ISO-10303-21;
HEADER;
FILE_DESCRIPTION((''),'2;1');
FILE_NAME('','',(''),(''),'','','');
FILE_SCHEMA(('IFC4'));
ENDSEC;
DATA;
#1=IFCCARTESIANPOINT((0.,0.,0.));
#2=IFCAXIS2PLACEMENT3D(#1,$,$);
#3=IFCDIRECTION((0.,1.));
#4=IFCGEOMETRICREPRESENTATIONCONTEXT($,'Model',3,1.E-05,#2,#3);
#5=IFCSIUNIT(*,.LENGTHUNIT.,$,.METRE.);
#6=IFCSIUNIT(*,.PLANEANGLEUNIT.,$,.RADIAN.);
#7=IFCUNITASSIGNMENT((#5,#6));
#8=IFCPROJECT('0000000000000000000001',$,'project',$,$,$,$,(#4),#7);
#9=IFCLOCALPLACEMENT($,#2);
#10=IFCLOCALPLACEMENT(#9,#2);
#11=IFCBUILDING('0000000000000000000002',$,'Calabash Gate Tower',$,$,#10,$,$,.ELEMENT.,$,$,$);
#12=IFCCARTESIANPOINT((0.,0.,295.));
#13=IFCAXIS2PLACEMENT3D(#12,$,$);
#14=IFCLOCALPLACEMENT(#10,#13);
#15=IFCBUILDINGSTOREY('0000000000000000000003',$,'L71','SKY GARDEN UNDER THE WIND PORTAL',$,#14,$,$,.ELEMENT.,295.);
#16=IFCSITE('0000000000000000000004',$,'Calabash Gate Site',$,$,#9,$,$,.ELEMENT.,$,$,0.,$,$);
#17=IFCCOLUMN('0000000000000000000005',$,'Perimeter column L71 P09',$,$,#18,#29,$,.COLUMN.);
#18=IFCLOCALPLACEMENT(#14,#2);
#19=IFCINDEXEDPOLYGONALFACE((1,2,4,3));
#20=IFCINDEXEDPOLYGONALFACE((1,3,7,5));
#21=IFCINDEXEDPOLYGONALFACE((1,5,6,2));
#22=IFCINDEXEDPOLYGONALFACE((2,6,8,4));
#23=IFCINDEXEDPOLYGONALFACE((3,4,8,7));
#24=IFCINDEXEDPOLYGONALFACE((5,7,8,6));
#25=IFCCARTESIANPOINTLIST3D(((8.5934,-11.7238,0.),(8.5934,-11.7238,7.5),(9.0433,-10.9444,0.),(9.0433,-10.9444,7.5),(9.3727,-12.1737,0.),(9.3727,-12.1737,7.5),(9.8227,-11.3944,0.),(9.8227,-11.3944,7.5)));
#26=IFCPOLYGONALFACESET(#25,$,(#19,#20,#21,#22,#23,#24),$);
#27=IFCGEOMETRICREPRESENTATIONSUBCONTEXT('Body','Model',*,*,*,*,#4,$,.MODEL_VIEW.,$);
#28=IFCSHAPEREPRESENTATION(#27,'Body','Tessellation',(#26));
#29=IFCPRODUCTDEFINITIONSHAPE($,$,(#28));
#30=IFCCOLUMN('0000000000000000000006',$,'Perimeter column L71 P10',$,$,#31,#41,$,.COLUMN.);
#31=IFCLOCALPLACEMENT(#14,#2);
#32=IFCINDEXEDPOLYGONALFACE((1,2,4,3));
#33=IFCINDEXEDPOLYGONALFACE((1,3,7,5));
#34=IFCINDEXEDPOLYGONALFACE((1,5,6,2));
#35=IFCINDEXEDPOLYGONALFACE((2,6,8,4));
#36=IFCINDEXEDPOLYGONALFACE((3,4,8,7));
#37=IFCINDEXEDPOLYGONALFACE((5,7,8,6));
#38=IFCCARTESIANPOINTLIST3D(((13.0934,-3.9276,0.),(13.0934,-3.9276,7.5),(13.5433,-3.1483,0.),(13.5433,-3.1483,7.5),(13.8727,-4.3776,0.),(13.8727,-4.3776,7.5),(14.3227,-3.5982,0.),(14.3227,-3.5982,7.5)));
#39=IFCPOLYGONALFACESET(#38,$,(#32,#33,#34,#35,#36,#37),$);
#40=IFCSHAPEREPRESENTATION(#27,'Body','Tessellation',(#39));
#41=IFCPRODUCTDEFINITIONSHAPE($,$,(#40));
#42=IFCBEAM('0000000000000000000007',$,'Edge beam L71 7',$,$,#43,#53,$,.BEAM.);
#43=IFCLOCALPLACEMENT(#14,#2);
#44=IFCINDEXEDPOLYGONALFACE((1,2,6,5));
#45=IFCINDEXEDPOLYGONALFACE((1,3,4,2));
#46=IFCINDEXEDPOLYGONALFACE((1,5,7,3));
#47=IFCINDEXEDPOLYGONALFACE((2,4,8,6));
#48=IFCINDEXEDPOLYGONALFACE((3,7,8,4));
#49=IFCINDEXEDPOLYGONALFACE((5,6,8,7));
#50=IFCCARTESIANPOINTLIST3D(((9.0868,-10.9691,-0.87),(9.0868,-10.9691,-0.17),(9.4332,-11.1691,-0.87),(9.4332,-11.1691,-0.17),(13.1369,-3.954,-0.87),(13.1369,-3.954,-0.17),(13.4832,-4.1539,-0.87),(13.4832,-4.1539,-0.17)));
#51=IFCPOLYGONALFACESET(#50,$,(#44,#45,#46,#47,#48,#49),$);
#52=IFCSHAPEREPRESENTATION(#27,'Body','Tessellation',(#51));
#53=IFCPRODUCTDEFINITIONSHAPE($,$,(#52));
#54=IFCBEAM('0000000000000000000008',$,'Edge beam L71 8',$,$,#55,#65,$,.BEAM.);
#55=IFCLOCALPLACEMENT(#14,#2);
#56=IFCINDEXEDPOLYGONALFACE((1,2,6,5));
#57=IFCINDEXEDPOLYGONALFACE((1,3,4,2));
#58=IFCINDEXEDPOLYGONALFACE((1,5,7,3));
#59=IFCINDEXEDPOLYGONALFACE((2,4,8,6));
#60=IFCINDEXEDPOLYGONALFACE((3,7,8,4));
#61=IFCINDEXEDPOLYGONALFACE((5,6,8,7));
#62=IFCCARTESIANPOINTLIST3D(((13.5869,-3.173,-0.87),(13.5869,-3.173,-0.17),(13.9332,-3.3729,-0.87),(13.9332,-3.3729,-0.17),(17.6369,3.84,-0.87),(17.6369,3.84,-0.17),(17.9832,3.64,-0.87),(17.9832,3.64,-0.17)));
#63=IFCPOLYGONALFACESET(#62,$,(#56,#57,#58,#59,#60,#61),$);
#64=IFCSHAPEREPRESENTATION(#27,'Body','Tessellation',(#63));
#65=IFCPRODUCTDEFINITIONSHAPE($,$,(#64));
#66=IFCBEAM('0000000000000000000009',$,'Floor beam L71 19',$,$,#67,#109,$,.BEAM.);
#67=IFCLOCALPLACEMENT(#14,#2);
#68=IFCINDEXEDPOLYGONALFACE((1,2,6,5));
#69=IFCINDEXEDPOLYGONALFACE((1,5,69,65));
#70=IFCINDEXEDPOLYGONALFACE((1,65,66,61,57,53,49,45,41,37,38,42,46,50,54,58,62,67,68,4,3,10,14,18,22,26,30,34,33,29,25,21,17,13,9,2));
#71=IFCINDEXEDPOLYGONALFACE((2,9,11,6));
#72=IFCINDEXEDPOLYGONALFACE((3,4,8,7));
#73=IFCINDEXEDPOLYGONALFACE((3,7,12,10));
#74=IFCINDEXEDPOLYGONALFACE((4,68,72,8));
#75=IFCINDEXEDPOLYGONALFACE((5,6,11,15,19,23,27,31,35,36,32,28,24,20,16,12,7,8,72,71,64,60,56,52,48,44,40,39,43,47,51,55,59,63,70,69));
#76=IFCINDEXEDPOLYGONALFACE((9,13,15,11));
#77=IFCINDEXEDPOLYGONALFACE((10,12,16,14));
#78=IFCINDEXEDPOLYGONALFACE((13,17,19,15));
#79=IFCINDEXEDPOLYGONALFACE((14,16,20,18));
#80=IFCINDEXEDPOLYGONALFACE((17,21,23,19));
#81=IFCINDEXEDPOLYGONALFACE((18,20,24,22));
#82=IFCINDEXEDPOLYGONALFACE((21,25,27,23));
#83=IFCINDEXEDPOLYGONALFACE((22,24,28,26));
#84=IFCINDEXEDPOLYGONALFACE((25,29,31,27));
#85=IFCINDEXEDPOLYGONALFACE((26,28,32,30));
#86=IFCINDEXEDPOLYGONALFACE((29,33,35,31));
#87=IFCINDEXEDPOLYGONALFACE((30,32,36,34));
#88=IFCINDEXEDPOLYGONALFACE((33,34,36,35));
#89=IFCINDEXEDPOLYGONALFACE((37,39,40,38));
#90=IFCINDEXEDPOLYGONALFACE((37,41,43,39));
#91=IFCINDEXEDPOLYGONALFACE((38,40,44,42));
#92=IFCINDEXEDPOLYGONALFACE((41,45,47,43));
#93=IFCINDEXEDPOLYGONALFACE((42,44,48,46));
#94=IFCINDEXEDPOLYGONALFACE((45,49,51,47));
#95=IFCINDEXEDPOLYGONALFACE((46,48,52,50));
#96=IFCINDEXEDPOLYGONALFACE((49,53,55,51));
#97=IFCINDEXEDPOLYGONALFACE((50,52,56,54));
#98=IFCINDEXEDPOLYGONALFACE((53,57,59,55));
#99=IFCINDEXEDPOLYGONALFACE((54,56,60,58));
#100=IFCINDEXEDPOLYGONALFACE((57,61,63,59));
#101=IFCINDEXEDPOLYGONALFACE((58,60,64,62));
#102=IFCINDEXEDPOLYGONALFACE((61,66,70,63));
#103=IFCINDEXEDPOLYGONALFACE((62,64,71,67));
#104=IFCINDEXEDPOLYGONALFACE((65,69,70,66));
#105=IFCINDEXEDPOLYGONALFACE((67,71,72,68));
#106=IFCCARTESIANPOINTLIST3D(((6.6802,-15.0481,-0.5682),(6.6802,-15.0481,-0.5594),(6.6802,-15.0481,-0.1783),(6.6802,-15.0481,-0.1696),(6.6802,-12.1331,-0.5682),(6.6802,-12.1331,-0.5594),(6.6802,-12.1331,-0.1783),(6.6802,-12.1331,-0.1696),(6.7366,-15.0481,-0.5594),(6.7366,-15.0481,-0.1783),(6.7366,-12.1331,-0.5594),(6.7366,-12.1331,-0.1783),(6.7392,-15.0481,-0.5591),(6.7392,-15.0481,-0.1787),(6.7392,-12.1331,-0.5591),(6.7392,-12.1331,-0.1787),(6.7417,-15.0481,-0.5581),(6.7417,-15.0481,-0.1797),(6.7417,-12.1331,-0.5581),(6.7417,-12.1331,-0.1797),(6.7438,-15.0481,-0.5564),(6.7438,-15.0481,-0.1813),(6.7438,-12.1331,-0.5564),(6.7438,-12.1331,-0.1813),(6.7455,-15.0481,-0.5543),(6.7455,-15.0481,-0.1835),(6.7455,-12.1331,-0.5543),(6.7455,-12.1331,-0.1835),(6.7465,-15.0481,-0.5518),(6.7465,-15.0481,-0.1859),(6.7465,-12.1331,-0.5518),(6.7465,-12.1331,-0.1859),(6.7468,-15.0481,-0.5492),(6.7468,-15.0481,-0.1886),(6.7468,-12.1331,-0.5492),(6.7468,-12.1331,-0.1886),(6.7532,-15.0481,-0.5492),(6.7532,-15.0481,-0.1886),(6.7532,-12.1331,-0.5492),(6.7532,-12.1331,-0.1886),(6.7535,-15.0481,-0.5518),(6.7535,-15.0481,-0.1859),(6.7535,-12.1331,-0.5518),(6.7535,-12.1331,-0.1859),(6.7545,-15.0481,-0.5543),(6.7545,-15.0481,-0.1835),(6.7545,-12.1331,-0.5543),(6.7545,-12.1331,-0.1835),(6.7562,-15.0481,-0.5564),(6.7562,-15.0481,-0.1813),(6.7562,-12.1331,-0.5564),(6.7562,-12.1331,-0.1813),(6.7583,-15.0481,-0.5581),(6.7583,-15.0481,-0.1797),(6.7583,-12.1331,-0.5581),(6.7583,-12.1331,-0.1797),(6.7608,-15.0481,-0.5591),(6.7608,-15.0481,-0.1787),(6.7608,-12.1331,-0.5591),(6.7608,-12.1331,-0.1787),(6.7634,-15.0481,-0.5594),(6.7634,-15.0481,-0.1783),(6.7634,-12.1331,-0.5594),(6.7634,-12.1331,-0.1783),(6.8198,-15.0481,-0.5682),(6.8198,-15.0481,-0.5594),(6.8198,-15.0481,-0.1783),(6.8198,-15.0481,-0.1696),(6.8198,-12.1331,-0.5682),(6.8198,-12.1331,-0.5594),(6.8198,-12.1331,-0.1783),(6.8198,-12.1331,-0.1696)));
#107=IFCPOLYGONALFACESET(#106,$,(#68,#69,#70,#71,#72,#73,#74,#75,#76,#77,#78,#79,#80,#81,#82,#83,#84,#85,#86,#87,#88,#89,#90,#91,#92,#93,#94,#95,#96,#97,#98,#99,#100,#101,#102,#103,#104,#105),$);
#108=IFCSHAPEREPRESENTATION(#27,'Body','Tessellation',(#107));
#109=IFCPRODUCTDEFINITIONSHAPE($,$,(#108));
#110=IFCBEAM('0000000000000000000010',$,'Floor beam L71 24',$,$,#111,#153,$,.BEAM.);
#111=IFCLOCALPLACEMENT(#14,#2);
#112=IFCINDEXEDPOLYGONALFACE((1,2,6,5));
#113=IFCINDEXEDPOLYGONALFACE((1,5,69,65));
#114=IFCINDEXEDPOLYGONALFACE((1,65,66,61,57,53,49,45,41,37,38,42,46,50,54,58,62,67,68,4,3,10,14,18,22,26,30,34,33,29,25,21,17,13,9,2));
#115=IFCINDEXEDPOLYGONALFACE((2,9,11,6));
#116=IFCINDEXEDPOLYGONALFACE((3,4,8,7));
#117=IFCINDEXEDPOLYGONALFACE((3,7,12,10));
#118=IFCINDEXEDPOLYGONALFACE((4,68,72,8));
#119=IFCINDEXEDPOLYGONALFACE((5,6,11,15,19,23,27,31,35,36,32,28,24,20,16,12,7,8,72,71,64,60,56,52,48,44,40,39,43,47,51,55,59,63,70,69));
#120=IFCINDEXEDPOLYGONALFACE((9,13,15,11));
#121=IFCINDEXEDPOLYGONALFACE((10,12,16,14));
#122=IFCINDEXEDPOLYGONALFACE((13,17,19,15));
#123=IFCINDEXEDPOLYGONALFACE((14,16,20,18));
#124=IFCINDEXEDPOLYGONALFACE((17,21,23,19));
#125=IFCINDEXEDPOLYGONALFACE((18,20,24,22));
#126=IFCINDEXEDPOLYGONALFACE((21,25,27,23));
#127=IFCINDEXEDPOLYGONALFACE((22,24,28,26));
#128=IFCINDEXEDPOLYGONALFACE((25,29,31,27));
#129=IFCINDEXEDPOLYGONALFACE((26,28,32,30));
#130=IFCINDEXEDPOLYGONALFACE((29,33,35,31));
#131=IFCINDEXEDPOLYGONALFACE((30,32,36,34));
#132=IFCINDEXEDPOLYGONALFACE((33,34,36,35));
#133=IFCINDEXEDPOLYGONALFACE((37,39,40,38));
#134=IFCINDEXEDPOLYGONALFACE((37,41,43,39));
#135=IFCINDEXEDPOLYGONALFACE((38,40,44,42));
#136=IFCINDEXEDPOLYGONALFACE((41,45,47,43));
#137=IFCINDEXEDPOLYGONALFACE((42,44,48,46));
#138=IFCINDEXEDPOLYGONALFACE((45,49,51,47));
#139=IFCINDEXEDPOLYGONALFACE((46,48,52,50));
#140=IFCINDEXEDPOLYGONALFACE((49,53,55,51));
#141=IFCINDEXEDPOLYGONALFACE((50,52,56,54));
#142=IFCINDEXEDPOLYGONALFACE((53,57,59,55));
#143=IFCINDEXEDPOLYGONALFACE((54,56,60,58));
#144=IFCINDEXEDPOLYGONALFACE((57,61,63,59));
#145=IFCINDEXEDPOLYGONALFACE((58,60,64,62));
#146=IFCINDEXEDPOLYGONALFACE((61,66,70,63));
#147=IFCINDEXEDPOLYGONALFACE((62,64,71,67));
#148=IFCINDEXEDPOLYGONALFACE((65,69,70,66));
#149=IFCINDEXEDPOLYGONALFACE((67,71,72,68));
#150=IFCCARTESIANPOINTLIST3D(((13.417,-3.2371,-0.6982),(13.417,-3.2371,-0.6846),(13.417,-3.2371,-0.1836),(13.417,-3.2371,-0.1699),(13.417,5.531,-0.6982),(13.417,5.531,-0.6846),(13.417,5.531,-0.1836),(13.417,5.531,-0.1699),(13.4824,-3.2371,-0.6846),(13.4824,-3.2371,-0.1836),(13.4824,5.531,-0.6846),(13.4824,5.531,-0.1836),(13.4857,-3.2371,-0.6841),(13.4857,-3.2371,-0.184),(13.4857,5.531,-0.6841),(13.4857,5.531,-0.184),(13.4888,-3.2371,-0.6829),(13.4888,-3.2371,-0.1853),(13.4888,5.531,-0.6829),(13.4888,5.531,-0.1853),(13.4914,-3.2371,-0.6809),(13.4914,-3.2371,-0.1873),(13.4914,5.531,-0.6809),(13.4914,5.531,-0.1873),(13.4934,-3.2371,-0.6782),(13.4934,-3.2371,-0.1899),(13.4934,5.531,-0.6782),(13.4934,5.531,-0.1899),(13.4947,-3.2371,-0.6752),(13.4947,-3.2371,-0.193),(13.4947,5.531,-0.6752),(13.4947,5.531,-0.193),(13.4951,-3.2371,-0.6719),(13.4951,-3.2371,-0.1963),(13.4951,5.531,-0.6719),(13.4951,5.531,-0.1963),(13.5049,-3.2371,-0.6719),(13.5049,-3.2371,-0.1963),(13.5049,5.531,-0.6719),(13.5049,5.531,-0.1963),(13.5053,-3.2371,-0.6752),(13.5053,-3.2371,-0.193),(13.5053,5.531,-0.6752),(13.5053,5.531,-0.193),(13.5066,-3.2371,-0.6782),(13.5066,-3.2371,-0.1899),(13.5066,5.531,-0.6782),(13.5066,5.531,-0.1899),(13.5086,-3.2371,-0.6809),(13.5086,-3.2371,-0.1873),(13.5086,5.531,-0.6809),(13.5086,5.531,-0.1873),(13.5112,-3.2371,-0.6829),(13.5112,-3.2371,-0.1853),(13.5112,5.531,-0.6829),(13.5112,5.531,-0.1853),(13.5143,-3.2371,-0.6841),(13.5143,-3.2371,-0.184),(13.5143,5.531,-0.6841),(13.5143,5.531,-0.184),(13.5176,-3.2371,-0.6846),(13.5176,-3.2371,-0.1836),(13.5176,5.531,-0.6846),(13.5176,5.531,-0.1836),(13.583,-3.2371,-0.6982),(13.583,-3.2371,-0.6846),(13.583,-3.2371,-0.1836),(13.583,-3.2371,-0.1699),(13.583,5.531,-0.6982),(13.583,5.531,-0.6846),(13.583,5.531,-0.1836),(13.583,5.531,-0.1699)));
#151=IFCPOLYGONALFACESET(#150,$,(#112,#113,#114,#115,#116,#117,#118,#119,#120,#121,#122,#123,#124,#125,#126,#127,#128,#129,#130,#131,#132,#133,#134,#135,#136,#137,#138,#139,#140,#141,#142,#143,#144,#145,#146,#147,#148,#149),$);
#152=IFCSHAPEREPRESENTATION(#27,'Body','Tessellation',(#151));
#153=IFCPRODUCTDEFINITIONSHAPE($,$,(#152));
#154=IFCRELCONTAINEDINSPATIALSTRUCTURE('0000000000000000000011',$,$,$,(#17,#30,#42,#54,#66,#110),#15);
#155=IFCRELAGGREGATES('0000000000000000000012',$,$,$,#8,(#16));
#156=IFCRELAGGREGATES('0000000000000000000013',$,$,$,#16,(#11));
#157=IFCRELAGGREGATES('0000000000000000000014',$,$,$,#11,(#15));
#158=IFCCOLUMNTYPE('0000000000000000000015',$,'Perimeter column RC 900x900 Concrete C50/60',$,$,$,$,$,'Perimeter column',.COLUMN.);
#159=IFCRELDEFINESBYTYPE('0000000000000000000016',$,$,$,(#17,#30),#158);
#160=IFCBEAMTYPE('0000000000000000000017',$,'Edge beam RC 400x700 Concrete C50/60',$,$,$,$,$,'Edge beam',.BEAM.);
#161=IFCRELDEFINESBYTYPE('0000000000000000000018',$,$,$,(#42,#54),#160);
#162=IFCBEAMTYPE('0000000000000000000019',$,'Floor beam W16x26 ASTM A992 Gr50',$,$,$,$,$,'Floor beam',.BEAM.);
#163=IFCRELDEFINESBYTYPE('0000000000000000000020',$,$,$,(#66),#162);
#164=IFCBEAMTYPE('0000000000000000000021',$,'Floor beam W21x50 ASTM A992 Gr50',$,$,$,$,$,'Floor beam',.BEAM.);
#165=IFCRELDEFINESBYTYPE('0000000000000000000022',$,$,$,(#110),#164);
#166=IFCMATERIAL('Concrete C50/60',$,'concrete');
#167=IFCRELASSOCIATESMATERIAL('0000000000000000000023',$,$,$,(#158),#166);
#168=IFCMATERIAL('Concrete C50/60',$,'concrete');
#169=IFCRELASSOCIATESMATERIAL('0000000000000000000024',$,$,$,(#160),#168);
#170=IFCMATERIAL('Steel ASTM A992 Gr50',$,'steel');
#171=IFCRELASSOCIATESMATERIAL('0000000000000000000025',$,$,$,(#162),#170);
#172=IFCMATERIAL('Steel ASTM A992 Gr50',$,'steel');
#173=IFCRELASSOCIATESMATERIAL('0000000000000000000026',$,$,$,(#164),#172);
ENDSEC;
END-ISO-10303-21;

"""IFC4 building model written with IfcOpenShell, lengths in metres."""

from ifc_helpers import new_model, si_unit, direction, frame, origin, origin_2d, place, context, subcontext, project, spatial, rectangle, i_section, extrude, material, material_profile, profile_set, type_object, element, save


model = new_model("IFC4")

# Units and contexts
model_context = context("Model", 3, precision=1e-05, world=origin(), true_north=direction((0.0, 1.0)))
body_context = subcontext(model_context, "Body", "Model", "MODEL_VIEW")
ifc_project = project(units=[si_unit("LENGTHUNIT", "METRE"), si_unit("PLANEANGLEUNIT", "RADIAN")], contexts=[model_context])

# Site, building, storey
site_placement = place(None, origin())
site = spatial("IfcSite", under=ifc_project, at=site_placement, Name="Calabash Gate Site", CompositionType="ELEMENT", RefElevation=0.0)
building_placement = place(site_placement, origin())
building = spatial("IfcBuilding", under=site, at=building_placement, Name="Calabash Gate Tower", CompositionType="ELEMENT")
storey_placement = place(building_placement, frame((0.0, 0.0, 295.0)))
storey = spatial("IfcBuildingStorey", under=building, at=storey_placement, Name="L71", Description="SKY GARDEN UNDER THE WIND PORTAL", CompositionType="ELEMENT", Elevation=295.0)

# Columns
ifc_material_1 = material(Name="Concrete C50/60", Category="concrete")
ifc_material_profile_1 = material_profile(ifc_material_1, rectangle(XDim=0.8999, YDim=0.8999, at=origin_2d()))
ifc_profile_set_1 = profile_set([ifc_material_profile_1], Name="Concrete C50/60")
column_type = type_object("IfcColumnType", Name="Perimeter column RC 900x900 Concrete C50/60", ElementType="Perimeter column", PredefinedType="COLUMN", material=ifc_profile_set_1)
for number, where, z_axis, x_axis, name in (
    (1, (9.208, -11.5591, 0.0), (0.0, 0.0, 1.0), (0.5, 0.866025, 0.0), "Perimeter column L71 P09"),
    (2, (13.708, -3.7629, 0.0), (0.0, 0.0, 1.0), (0.5, 0.866025, 0.0), "Perimeter column L71 P10"),
):
    element("IfcColumn", number, at=place(storey_placement, frame(where, z_axis=z_axis, x_axis=x_axis)), inside=storey, type_object=column_type, Name=name, PredefinedType="COLUMN", context=body_context, shape_type="SweptSolid", body=[
        extrude(rectangle(XDim=0.8999, YDim=0.8999, at=origin_2d()), origin(), (0.0, 0.0, 1.0), 7.5),
    ])

# Beams
ifc_material_2 = material(Name="Concrete C50/60", Category="concrete")
ifc_material_profile_2 = material_profile(ifc_material_2, rectangle(XDim=0.3999, YDim=0.7, at=origin_2d()))
ifc_profile_set_2 = profile_set([ifc_material_profile_2], Name="Concrete C50/60")
beam_type_1 = type_object("IfcBeamType", Name="Edge beam RC 400x700 Concrete C50/60", ElementType="Edge beam", PredefinedType="BEAM", material=ifc_profile_set_2)
beam_1_placement = place(storey_placement, frame((9.26, -11.0691, -0.52), z_axis=(0.499987, 0.866033, 0.0), x_axis=(-0.866033, 0.499987, 0.0)))
element("IfcBeam", 3, at=beam_1_placement, inside=storey, type_object=beam_type_1, Name="Edge beam L71 7", PredefinedType="BEAM", context=body_context, shape_type="SweptSolid", body=[
    extrude(rectangle(XDim=0.3999, YDim=0.7, at=origin_2d()), origin(), (0.0, 0.0, 1.0), 8.1003),
])
beam_2_placement = place(storey_placement, frame((13.76, -3.2729, -0.52), z_axis=(0.500104, 0.865965, 0.0), x_axis=(-0.865965, 0.500104, 0.0)))
element("IfcBeam", 4, at=beam_2_placement, inside=storey, type_object=beam_type_1, Name="Edge beam L71 8", PredefinedType="BEAM", context=body_context, shape_type="SweptSolid", body=[
    extrude(rectangle(XDim=0.3999, YDim=0.7, at=origin_2d()), origin(), (0.0, 0.0, 1.0), 8.0984),
])
ifc_material_3 = material(Name="Steel ASTM A992 Gr50", Category="steel")
ifc_material_profile_3 = material_profile(ifc_material_3, i_section(OverallWidth=0.1396, OverallDepth=0.3987, WebThickness=0.0063, FlangeThickness=0.0088, FilletRadius=0.0103, at=origin_2d()))
ifc_profile_set_3 = profile_set([ifc_material_profile_3], Name="Steel ASTM A992 Gr50")
beam_type_2 = type_object("IfcBeamType", Name="Floor beam W16x26 ASTM A992 Gr50", ElementType="Floor beam", PredefinedType="BEAM", material=ifc_profile_set_3)
beam_3_placement = place(storey_placement, frame((6.75, -15.0481, -0.3689), z_axis=(0.0, 1.0, 0.0), x_axis=(-1.0, 0.0, 0.0)))
element("IfcBeam", 5, at=beam_3_placement, inside=storey, type_object=beam_type_2, Name="Floor beam L71 19", PredefinedType="BEAM", context=body_context, shape_type="SweptSolid", body=[
    extrude(i_section(OverallWidth=0.1396, OverallDepth=0.3987, WebThickness=0.0063, FlangeThickness=0.0088, FilletRadius=0.0103, at=origin_2d()), origin(), (0.0, 0.0, 1.0), 2.915),
])
ifc_material_4 = material(Name="Steel ASTM A992 Gr50", Category="steel")
ifc_material_profile_4 = material_profile(ifc_material_4, i_section(OverallWidth=0.166, OverallDepth=0.5283, WebThickness=0.0098, FlangeThickness=0.0137, FilletRadius=0.0127, at=origin_2d()))
ifc_profile_set_4 = profile_set([ifc_material_profile_4], Name="Steel ASTM A992 Gr50")
beam_type_3 = type_object("IfcBeamType", Name="Floor beam W21x50 ASTM A992 Gr50", ElementType="Floor beam", PredefinedType="BEAM", material=ifc_profile_set_4)
beam_4_placement = place(storey_placement, frame((13.5, -3.2371, -0.4341), z_axis=(0.0, 1.0, 0.0), x_axis=(-1.0, 0.0, 0.0)))
element("IfcBeam", 6, at=beam_4_placement, inside=storey, type_object=beam_type_3, Name="Floor beam L71 24", PredefinedType="BEAM", context=body_context, shape_type="SweptSolid", body=[
    extrude(i_section(OverallWidth=0.166, OverallDepth=0.5283, WebThickness=0.0098, FlangeThickness=0.0137, FilletRadius=0.0127, at=origin_2d()), origin(), (0.0, 0.0, 1.0), 8.7681),
])

save(model, "model.ifc")
